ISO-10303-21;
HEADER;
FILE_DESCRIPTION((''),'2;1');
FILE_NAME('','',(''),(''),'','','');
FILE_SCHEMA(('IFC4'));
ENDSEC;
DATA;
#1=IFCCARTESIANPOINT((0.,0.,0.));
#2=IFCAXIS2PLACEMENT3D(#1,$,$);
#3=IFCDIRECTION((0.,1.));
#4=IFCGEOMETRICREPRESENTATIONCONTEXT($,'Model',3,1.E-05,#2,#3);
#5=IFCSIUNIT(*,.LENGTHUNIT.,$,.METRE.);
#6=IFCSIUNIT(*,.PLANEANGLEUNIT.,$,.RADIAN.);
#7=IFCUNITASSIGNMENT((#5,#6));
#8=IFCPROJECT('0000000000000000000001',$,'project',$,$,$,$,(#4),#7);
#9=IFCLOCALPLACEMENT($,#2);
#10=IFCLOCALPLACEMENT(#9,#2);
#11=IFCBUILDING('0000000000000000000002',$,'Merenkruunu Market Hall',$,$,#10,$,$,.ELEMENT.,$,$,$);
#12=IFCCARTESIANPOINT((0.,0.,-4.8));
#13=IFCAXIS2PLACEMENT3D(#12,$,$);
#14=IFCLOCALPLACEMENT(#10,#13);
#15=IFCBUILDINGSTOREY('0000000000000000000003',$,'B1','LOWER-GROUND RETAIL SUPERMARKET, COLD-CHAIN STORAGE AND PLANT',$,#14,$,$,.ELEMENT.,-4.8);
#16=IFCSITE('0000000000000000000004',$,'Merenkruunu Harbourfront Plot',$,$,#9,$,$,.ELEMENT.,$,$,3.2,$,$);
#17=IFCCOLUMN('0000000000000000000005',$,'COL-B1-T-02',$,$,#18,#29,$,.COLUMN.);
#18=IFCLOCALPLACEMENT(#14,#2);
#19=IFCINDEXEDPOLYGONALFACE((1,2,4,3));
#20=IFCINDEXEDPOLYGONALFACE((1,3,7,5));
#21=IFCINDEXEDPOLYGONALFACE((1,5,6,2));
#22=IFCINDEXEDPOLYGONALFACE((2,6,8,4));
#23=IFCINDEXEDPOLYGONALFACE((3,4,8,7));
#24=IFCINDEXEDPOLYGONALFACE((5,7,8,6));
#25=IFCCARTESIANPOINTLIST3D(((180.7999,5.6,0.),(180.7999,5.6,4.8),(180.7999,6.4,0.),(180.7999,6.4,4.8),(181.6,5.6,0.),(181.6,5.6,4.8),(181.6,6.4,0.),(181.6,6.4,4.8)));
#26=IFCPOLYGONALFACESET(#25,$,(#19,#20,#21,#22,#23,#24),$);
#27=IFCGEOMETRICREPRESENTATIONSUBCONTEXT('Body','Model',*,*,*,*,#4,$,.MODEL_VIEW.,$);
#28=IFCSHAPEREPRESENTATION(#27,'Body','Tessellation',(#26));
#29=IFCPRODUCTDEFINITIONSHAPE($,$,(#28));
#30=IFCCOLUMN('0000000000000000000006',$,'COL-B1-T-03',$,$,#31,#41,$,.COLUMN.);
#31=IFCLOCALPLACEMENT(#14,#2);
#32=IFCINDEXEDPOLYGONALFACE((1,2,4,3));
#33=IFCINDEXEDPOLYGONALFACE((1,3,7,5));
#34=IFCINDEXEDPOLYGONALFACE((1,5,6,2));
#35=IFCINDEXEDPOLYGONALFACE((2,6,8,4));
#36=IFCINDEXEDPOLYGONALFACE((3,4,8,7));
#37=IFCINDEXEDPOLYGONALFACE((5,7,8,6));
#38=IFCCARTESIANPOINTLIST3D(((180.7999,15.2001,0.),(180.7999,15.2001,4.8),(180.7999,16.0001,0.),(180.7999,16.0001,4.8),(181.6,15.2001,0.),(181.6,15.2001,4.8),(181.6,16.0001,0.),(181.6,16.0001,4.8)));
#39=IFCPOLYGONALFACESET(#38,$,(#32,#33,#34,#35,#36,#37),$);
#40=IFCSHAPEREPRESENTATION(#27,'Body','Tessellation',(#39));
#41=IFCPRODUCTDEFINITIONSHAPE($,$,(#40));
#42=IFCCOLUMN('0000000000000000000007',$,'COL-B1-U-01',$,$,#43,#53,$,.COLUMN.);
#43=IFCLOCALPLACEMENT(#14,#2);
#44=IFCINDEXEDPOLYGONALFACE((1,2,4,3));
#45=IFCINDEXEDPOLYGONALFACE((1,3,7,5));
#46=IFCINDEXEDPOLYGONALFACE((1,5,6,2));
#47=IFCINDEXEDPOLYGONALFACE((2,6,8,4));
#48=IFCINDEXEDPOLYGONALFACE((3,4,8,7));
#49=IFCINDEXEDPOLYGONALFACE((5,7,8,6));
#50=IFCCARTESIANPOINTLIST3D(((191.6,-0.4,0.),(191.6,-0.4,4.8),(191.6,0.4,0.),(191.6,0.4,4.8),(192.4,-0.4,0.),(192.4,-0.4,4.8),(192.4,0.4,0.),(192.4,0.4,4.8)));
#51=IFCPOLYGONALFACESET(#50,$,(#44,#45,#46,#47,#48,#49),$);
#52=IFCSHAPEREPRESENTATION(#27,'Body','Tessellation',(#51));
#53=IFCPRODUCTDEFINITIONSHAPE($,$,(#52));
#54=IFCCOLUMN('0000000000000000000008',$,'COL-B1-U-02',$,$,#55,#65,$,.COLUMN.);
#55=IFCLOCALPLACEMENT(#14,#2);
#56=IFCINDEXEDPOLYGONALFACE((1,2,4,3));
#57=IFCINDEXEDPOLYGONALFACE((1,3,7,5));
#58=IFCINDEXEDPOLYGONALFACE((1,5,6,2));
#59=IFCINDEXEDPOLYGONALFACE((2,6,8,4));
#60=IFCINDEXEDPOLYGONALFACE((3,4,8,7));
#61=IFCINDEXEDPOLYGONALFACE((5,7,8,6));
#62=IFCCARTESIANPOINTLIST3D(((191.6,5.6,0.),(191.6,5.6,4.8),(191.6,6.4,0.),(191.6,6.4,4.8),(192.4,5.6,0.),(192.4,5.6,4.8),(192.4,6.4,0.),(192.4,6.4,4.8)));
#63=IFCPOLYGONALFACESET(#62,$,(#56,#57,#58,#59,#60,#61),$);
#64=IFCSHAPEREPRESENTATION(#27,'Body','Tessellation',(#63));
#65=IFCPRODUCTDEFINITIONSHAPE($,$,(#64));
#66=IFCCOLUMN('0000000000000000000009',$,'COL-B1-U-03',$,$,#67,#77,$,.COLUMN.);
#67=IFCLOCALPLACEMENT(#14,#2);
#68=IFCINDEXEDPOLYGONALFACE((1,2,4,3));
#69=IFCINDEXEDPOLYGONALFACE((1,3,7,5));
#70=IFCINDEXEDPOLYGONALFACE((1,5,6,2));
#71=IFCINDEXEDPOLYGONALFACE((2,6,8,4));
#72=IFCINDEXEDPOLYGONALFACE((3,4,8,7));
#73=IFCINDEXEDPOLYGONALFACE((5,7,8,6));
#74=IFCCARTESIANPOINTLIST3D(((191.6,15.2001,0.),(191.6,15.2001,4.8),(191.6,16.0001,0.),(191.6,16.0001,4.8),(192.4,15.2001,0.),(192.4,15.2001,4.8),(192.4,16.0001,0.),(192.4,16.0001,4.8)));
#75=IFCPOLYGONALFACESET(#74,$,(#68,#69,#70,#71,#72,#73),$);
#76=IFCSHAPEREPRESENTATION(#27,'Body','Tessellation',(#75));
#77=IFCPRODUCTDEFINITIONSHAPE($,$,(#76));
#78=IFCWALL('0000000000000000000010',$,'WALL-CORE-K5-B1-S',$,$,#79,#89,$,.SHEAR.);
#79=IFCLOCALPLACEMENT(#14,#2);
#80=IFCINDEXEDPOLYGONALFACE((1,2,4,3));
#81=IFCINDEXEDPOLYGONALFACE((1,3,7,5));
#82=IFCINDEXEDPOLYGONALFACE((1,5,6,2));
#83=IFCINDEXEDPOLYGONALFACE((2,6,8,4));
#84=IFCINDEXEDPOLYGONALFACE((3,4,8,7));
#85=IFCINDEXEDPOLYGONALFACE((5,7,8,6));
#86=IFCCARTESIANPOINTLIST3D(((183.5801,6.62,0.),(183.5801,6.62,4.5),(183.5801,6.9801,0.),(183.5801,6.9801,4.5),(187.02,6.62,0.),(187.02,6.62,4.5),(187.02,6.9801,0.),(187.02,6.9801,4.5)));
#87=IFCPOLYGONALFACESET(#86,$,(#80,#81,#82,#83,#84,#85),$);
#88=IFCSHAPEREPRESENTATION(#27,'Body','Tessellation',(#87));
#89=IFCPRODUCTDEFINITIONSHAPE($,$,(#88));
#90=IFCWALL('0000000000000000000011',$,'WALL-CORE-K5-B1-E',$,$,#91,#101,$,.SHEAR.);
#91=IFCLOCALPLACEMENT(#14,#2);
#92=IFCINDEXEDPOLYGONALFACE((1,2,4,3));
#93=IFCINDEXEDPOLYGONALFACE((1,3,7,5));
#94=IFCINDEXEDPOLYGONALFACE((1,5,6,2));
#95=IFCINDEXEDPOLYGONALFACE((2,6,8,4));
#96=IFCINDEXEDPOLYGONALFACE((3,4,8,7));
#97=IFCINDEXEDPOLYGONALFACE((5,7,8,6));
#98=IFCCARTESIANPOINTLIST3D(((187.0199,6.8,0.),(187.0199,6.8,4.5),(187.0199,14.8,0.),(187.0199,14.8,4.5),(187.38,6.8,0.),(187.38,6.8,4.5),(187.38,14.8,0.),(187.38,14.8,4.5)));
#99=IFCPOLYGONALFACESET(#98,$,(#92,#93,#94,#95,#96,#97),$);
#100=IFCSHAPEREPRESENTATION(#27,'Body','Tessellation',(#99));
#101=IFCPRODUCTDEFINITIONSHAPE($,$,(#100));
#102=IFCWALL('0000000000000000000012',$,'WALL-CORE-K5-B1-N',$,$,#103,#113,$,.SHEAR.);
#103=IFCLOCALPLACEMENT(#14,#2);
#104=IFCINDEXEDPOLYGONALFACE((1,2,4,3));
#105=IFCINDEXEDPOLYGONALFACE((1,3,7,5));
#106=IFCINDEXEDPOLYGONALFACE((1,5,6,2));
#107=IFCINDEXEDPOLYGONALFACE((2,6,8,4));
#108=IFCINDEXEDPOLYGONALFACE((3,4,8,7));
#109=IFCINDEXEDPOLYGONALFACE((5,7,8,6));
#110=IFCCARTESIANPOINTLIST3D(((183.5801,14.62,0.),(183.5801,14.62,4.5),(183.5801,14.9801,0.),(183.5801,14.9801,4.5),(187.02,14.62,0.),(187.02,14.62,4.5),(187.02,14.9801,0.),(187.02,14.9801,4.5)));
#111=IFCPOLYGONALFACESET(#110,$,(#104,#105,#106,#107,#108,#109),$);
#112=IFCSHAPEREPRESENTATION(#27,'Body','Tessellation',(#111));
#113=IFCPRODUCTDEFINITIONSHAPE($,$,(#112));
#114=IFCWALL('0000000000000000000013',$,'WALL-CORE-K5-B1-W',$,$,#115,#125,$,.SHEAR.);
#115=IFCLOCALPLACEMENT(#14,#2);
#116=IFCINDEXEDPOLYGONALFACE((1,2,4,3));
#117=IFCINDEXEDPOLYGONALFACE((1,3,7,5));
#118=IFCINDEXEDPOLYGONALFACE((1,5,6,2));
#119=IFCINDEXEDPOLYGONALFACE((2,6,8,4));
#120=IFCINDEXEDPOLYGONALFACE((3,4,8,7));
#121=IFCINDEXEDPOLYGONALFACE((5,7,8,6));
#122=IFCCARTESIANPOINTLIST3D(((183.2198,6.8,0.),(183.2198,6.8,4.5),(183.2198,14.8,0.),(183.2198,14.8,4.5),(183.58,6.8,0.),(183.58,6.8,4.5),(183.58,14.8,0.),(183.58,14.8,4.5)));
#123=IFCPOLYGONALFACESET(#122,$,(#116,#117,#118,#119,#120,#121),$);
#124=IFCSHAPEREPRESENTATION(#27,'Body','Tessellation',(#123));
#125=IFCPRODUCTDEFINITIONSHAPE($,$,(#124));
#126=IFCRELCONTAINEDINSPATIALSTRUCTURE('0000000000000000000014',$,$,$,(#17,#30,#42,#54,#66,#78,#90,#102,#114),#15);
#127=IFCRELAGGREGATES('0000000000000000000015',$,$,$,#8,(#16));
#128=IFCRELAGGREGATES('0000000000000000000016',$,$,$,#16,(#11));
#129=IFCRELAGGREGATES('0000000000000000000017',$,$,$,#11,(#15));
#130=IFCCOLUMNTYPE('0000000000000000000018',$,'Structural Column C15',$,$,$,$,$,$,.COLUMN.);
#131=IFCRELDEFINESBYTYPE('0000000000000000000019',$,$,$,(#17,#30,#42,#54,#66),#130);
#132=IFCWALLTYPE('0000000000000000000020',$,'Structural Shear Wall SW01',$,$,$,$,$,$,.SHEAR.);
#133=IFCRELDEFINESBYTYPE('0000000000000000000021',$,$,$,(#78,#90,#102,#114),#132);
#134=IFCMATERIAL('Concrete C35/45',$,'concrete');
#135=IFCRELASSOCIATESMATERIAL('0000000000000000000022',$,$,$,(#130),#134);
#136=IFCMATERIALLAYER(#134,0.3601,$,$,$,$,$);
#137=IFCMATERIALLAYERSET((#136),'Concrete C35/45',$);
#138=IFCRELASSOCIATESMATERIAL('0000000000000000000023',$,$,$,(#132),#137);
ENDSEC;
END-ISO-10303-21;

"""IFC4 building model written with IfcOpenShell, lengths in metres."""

from ifc_helpers import new_model, si_unit, direction, frame, frame_2d, origin, origin_2d, place, context, subcontext, project, spatial, rectangle, extrude, material, layer, layer_set, material_profile, profile_set, type_object, element, save


model = new_model("IFC4")

# Units and contexts
model_context = context("Model", 3, precision=1e-05, world=origin(), true_north=direction((0.0, 1.0)))
body_context = subcontext(model_context, "Body", "Model", "MODEL_VIEW")
ifc_project = project(units=[si_unit("LENGTHUNIT", "METRE"), si_unit("PLANEANGLEUNIT", "RADIAN")], contexts=[model_context])

# Site, building, storey
site_placement = place(None, origin())
site = spatial("IfcSite", under=ifc_project, at=site_placement, Name="Merenkruunu Harbourfront Plot", CompositionType="ELEMENT", RefElevation=3.2)
building_placement = place(site_placement, origin())
building = spatial("IfcBuilding", under=site, at=building_placement, Name="Merenkruunu Market Hall", CompositionType="ELEMENT")
storey_placement = place(building_placement, frame((0.0, 0.0, -4.8)))
storey = spatial("IfcBuildingStorey", under=building, at=storey_placement, Name="B1", Description="LOWER-GROUND RETAIL SUPERMARKET, COLD-CHAIN STORAGE AND PLANT", CompositionType="ELEMENT", Elevation=-4.8)

# Shared definitions
ifc_material = material(Name="Concrete C35/45", Category="concrete")

# Columns
ifc_material_profile_1 = material_profile(ifc_material, rectangle(XDim=0.8, YDim=0.8, at=origin_2d()), Name="RC 800x800")
ifc_profile_set_1 = profile_set([ifc_material_profile_1], Name="Concrete C35/45")
column_type = type_object("IfcColumnType", Name="Structural Column C15", PredefinedType="COLUMN", material=ifc_profile_set_1)
for number, where, z_axis, x_axis, name in (
    (1, (181.2, 6.0, 0.0), (0.0, 0.0, 1.0), (1.0, 0.0, 0.0), "COL-B1-T-02"),
    (2, (181.2, 15.6001, 0.0), (0.0, 0.0, 1.0), (1.0, 0.0, 0.0), "COL-B1-T-03"),
    (3, (192.0, 0.0, 0.0), (0.0, 0.0, 1.0), (1.0, 0.0, 0.0), "COL-B1-U-01"),
    (4, (192.0, 6.0, 0.0), (0.0, 0.0, 1.0), (1.0, 0.0, 0.0), "COL-B1-U-02"),
    (5, (192.0, 15.6001, 0.0), (0.0, 0.0, 1.0), (1.0, 0.0, 0.0), "COL-B1-U-03"),
):
    element("IfcColumn", number, at=place(storey_placement, frame(where, z_axis=z_axis, x_axis=x_axis)), inside=storey, type_object=column_type, Name=name, PredefinedType="COLUMN", context=body_context, shape_type="SweptSolid", body=[
        extrude(rectangle(XDim=0.8, YDim=0.8, at=origin_2d()), origin(), (0.0, 0.0, 1.0), 4.8),
    ])

# Walls
ifc_layer_1 = layer(ifc_material, 0.3601)
ifc_layer_set_1 = layer_set([ifc_layer_1], Name="Concrete C35/45")
wall_type = type_object("IfcWallType", Name="Structural Shear Wall SW01", PredefinedType="SHEAR", material=ifc_layer_set_1)
wall_1_placement = place(storey_placement, frame((187.02, 6.8, 0.0), z_axis=(0.0, 0.0, 1.0), x_axis=(-1.0, 0.0, 0.0)))
element("IfcWall", 6, at=wall_1_placement, inside=storey, type_object=wall_type, Name="WALL-CORE-K5-B1-S", PredefinedType="SHEAR", context=body_context, shape_type="SweptSolid", body=[
    extrude(rectangle(XDim=3.4399, YDim=0.3601, at=frame_2d((1.72, 0.0))), origin(), (0.0, 0.0, 1.0), 4.5),
])
wall_2_placement = place(storey_placement, frame((187.2, 6.8, 0.0), z_axis=(0.0, 0.0, 1.0), x_axis=(0.0, 1.0, 0.0)))
element("IfcWall", 7, at=wall_2_placement, inside=storey, type_object=wall_type, Name="WALL-CORE-K5-B1-E", PredefinedType="SHEAR", context=body_context, shape_type="SweptSolid", body=[
    extrude(rectangle(XDim=8.0, YDim=0.3601, at=frame_2d((4.0, 0.0))), origin(), (0.0, 0.0, 1.0), 4.5),
])
wall_3_placement = place(storey_placement, frame((187.02, 14.8, 0.0), z_axis=(0.0, 0.0, 1.0), x_axis=(-1.0, 0.0, 0.0)))
element("IfcWall", 8, at=wall_3_placement, inside=storey, type_object=wall_type, Name="WALL-CORE-K5-B1-N", PredefinedType="SHEAR", context=body_context, shape_type="SweptSolid", body=[
    extrude(rectangle(XDim=3.4399, YDim=0.3601, at=frame_2d((1.72, 0.0))), origin(), (0.0, 0.0, 1.0), 4.5),
])
wall_4_placement = place(storey_placement, frame((183.3999, 14.8, 0.0), z_axis=(0.0, 0.0, 1.0), x_axis=(0.0, -1.0, 0.0)))
element("IfcWall", 9, at=wall_4_placement, inside=storey, type_object=wall_type, Name="WALL-CORE-K5-B1-W", PredefinedType="SHEAR", context=body_context, shape_type="SweptSolid", body=[
    extrude(rectangle(XDim=8.0, YDim=0.3601, at=frame_2d((4.0, 0.0))), origin(), (0.0, 0.0, 1.0), 4.5),
])

save(model, "model.ifc")
